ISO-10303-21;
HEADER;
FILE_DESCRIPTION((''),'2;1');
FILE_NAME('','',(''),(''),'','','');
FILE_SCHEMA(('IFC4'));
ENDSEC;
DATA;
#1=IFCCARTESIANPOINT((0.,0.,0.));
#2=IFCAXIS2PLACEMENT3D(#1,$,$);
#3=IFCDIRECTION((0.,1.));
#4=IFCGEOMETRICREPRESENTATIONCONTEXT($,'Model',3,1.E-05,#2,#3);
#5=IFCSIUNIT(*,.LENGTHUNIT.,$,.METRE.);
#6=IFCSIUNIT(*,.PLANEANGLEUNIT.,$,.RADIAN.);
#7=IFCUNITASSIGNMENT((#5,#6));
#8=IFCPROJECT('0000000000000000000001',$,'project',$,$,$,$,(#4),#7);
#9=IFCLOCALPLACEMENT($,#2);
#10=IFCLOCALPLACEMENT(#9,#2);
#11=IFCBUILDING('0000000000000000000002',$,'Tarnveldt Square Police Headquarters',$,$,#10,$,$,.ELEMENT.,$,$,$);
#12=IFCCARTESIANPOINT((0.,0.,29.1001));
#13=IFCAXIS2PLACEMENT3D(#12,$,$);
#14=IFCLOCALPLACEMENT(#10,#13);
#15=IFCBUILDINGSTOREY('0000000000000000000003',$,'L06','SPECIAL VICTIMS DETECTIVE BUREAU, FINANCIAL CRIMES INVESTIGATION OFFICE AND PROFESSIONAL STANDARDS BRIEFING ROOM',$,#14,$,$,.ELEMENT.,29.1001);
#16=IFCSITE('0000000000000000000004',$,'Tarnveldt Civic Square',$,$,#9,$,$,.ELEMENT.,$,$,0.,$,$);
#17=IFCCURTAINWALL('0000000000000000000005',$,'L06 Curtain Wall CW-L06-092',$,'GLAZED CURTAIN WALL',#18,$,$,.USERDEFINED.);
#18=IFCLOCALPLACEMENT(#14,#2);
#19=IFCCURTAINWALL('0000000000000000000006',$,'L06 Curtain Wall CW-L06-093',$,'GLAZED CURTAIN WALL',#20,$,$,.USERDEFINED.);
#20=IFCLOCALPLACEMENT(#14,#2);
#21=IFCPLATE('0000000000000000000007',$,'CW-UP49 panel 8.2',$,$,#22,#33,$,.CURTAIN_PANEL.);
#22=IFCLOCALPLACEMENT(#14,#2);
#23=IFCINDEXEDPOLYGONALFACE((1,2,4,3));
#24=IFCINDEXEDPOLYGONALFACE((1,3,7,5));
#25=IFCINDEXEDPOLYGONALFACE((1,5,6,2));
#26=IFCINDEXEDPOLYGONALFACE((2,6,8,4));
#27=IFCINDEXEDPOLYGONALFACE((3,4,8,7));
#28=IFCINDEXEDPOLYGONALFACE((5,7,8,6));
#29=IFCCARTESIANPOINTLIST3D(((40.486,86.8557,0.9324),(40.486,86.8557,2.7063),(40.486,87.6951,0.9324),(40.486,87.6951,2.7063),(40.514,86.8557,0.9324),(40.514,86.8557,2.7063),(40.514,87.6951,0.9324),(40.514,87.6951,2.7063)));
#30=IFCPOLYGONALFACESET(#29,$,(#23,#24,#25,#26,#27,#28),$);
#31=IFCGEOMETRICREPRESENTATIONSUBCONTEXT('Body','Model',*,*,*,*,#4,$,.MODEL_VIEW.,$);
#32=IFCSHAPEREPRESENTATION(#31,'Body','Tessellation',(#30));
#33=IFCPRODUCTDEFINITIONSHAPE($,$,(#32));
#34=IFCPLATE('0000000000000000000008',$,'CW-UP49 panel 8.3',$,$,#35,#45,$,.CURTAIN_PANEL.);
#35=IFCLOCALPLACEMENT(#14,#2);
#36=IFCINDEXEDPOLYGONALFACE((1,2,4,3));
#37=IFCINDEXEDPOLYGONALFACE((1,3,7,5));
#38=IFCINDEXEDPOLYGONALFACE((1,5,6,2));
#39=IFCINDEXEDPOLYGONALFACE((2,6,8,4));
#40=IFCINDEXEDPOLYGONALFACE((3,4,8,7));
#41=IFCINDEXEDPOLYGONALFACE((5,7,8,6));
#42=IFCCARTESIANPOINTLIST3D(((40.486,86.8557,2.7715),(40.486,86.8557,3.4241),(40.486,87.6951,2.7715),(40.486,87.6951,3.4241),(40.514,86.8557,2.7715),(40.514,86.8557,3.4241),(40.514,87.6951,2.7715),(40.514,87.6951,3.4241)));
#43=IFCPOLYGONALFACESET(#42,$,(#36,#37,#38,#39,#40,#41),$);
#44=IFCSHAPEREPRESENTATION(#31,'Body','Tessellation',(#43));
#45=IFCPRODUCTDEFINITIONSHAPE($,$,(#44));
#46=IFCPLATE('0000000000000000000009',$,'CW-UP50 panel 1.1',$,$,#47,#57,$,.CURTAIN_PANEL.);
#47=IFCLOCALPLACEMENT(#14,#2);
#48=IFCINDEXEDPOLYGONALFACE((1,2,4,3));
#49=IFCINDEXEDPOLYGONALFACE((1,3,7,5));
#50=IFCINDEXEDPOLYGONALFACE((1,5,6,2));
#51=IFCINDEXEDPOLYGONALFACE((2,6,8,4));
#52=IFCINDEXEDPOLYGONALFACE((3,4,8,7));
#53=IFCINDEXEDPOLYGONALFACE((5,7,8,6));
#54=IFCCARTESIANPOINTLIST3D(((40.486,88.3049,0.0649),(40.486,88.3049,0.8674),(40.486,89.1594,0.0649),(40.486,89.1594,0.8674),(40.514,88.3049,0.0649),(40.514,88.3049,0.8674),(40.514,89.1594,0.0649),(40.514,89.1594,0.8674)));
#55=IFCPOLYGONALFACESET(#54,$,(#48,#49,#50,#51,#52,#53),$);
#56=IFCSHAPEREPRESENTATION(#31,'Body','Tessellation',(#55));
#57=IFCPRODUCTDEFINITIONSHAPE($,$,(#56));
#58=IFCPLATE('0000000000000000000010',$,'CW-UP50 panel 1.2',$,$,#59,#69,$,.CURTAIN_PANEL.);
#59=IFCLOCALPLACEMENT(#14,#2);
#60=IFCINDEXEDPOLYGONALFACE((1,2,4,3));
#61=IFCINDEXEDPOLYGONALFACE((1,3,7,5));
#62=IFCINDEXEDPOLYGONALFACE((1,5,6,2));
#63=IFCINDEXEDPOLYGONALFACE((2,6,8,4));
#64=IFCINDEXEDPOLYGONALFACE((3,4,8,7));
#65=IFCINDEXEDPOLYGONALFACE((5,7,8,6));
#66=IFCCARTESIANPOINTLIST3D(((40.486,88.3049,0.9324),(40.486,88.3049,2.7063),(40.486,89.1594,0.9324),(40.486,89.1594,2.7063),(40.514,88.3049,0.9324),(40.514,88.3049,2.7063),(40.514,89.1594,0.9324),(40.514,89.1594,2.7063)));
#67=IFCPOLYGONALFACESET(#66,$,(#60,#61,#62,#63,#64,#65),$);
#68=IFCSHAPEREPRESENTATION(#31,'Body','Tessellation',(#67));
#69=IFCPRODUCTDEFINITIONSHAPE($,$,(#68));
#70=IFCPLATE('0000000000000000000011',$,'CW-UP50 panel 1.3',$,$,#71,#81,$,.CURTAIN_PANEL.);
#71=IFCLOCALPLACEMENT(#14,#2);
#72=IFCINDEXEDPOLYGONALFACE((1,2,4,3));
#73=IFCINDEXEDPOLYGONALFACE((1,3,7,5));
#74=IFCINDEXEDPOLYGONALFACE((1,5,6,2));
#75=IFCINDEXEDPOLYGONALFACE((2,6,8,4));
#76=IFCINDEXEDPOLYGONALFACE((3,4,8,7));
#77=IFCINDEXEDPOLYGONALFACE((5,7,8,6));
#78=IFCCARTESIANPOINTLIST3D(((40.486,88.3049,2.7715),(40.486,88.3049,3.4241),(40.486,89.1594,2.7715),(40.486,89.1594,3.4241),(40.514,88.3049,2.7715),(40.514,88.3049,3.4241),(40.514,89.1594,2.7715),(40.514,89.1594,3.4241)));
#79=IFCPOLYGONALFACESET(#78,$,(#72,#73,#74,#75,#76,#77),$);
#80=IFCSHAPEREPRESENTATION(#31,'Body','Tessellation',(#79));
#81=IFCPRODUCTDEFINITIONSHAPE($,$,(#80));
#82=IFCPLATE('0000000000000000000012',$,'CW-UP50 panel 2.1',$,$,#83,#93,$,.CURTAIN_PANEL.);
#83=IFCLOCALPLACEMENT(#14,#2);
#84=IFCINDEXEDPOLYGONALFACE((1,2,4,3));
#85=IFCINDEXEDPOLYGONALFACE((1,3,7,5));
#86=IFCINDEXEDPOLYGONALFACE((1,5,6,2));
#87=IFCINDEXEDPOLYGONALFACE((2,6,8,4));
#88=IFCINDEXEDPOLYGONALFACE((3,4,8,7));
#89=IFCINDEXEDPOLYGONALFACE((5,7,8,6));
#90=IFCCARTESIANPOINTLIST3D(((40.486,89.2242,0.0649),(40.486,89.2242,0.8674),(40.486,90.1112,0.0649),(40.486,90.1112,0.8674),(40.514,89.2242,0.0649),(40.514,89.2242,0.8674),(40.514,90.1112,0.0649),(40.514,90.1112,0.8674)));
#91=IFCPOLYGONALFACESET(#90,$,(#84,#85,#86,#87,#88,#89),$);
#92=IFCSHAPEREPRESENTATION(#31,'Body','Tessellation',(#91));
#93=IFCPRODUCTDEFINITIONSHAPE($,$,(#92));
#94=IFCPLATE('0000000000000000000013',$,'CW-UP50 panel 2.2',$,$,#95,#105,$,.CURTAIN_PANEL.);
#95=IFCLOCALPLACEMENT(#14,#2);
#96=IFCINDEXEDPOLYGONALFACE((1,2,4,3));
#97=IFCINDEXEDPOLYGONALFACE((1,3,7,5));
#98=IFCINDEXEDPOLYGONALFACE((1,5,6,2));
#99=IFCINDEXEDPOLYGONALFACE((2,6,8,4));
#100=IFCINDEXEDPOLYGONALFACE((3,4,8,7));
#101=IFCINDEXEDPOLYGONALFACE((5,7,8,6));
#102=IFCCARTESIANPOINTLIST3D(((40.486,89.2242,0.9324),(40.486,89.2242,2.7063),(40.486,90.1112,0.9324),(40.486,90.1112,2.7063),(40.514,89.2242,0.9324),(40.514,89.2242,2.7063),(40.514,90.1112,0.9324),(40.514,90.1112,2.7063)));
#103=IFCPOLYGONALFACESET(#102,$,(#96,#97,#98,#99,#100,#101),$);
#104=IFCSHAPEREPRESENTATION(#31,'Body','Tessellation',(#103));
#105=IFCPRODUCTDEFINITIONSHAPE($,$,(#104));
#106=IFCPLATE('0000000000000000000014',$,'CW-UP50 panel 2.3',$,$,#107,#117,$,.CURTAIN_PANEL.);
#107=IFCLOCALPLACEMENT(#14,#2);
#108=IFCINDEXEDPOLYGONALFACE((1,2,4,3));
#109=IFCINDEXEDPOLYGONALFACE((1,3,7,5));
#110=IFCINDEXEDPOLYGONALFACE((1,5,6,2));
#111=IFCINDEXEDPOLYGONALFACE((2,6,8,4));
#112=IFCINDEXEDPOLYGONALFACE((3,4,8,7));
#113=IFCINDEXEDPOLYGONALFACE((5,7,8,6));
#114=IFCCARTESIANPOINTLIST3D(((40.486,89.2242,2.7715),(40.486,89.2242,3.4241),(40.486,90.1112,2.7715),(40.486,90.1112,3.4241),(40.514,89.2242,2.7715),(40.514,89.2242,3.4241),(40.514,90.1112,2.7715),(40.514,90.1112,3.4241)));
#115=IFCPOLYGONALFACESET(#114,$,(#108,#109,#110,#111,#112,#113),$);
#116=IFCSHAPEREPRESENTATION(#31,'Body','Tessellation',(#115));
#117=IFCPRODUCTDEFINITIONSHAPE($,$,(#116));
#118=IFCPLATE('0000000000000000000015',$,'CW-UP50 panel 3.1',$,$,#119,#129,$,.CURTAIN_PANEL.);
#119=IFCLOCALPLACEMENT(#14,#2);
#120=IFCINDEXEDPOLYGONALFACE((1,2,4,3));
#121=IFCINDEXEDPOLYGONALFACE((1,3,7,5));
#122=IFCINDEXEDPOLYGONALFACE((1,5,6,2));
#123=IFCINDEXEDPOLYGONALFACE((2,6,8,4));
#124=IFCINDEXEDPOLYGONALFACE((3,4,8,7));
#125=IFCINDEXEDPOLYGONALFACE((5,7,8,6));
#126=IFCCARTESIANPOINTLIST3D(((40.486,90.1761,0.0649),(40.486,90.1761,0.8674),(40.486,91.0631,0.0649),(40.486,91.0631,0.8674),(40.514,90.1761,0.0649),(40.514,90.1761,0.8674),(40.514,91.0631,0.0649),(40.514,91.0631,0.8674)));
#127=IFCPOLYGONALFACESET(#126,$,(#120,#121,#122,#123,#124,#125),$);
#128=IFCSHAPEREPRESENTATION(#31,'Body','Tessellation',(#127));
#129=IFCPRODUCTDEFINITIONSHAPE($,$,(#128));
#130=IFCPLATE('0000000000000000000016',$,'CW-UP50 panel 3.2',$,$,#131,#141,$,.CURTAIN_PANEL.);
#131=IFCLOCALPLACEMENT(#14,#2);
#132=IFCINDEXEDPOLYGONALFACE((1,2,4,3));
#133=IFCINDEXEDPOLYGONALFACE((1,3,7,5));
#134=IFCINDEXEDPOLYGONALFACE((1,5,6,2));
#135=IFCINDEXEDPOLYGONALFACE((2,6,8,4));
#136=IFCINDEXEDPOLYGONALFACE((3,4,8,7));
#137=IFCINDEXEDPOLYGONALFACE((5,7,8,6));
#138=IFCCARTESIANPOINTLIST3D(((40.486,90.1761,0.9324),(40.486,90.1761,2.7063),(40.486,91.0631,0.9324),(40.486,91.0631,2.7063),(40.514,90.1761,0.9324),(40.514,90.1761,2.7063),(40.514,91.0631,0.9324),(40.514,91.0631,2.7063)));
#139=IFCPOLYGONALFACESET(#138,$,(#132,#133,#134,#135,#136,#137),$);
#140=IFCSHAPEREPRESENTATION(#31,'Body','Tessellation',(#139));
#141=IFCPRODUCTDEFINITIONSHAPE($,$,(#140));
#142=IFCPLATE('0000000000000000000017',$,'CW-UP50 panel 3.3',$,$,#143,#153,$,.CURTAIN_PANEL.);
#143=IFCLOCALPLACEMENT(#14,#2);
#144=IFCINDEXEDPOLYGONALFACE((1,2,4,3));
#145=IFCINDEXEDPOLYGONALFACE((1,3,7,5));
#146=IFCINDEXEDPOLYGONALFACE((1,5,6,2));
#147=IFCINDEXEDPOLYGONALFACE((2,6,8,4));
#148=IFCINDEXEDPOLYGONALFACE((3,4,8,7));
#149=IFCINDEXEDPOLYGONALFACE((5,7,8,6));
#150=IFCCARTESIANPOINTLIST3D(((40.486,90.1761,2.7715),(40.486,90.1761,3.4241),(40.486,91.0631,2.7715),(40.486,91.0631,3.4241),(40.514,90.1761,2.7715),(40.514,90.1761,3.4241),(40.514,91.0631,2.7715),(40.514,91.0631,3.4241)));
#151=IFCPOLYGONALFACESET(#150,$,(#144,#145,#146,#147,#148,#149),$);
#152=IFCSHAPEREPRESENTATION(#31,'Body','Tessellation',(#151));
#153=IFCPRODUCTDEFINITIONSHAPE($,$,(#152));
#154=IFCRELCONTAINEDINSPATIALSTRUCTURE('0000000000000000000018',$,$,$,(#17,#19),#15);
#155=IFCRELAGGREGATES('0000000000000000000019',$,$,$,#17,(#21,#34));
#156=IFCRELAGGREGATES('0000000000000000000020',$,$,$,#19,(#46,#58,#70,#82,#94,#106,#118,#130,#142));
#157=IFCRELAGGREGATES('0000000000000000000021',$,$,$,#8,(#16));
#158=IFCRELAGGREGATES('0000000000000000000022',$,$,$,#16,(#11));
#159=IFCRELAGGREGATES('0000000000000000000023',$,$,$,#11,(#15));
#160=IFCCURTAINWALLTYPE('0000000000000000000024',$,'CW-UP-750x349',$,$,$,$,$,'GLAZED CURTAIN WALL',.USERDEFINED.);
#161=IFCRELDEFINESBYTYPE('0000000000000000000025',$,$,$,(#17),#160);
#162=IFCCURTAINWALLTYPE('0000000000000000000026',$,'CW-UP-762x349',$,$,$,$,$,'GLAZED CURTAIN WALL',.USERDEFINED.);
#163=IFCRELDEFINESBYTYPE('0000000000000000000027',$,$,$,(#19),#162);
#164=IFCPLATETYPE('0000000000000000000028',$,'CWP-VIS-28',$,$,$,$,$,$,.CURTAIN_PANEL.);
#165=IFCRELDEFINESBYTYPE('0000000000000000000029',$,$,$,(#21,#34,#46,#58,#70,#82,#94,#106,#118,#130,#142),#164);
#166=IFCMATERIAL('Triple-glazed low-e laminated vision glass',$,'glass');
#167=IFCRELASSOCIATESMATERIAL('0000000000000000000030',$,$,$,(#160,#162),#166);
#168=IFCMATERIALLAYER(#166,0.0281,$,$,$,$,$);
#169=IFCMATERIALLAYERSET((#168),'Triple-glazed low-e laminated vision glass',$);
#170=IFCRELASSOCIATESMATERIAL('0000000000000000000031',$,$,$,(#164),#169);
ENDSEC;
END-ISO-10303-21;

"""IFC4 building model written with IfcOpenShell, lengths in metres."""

from ifc_helpers import new_model, si_unit, direction, frame, origin, origin_2d, place, context, subcontext, project, spatial, rectangle, extrude, material, layer, layer_set, type_object, element, aggregate, save


model = new_model("IFC4")

# Units and contexts
model_context = context("Model", 3, precision=1e-05, world=origin(), true_north=direction((0.0, 1.0)))
body_context = subcontext(model_context, "Body", "Model", "MODEL_VIEW")
ifc_project = project(units=[si_unit("LENGTHUNIT", "METRE"), si_unit("PLANEANGLEUNIT", "RADIAN")], contexts=[model_context])

# Site, building, storey
site_placement = place(None, origin())
site = spatial("IfcSite", under=ifc_project, at=site_placement, Name="Tarnveldt Civic Square", CompositionType="ELEMENT", RefElevation=0.0)
building_placement = place(site_placement, origin())
building = spatial("IfcBuilding", under=site, at=building_placement, Name="Tarnveldt Square Police Headquarters", CompositionType="ELEMENT")
storey_placement = place(building_placement, frame((0.0, 0.0, 29.1001)))
storey = spatial("IfcBuildingStorey", under=building, at=storey_placement, Name="L06", Description="SPECIAL VICTIMS DETECTIVE BUREAU, FINANCIAL CRIMES INVESTIGATION OFFICE AND PROFESSIONAL STANDARDS BRIEFING ROOM", CompositionType="ELEMENT", Elevation=29.1001)

# Curtain wall
ifc_material_1 = material(Name="Triple-glazed low-e laminated vision glass", Category="glass")
curtain_wall_type_1 = type_object("IfcCurtainWallType", Name="CW-UP-750x349", ElementType="GLAZED CURTAIN WALL", PredefinedType="USERDEFINED", material=ifc_material_1)
curtain_wall_1_placement = place(storey_placement, origin())
curtain_wall_1 = element("IfcCurtainWall", 1, at=curtain_wall_1_placement, inside=storey, type_object=curtain_wall_type_1, Name="L06 Curtain Wall CW-L06-092", ObjectType="GLAZED CURTAIN WALL", PredefinedType="USERDEFINED")

# Curtain wall
curtain_wall_type_2 = type_object("IfcCurtainWallType", Name="CW-UP-762x349", ElementType="GLAZED CURTAIN WALL", PredefinedType="USERDEFINED", material=ifc_material_1)
curtain_wall_2_placement = place(storey_placement, origin())
curtain_wall_2 = element("IfcCurtainWall", 2, at=curtain_wall_2_placement, inside=storey, type_object=curtain_wall_type_2, Name="L06 Curtain Wall CW-L06-093", ObjectType="GLAZED CURTAIN WALL", PredefinedType="USERDEFINED")

# Plates
ifc_layer = layer(ifc_material_1, 0.0281)
ifc_layer_set = layer_set([ifc_layer], Name="Triple-glazed low-e laminated vision glass")
plate_type = type_object("IfcPlateType", Name="CWP-VIS-28", PredefinedType="CURTAIN_PANEL", material=ifc_layer_set)
plate_1_placement = place(storey_placement, frame((40.5, 87.2754, 0.9324), z_axis=(0.0, 0.0, 1.0), x_axis=(0.0, 1.0, 0.0)))
plate_1 = element("IfcPlate", 3, at=plate_1_placement, type_object=plate_type, Name="CW-UP49 panel 8.2", PredefinedType="CURTAIN_PANEL", context=body_context, shape_type="SweptSolid", body=[
    extrude(rectangle(XDim=0.8394, YDim=0.0281, at=origin_2d()), origin(), (0.0, 0.0, 1.0), 1.7739),
])
plate_2_placement = place(storey_placement, frame((40.5, 87.2754, 2.7715), z_axis=(0.0, 0.0, 1.0), x_axis=(0.0, 1.0, 0.0)))
plate_2 = element("IfcPlate", 4, at=plate_2_placement, type_object=plate_type, Name="CW-UP49 panel 8.3", PredefinedType="CURTAIN_PANEL", context=body_context, shape_type="SweptSolid", body=[
    extrude(rectangle(XDim=0.8394, YDim=0.0281, at=origin_2d()), origin(), (0.0, 0.0, 1.0), 0.6526),
])
aggregate(curtain_wall_1, [plate_1, plate_2])
plate_3_placement = place(storey_placement, frame((40.5, 88.7322, 0.0649), z_axis=(0.0, 0.0, 1.0), x_axis=(0.0, 1.0, 0.0)))
plate_3 = element("IfcPlate", 5, at=plate_3_placement, type_object=plate_type, Name="CW-UP50 panel 1.1", PredefinedType="CURTAIN_PANEL", context=body_context, shape_type="SweptSolid", body=[
    extrude(rectangle(XDim=0.8545, YDim=0.0281, at=origin_2d()), origin(), (0.0, 0.0, 1.0), 0.8025),
])
plate_4_placement = place(storey_placement, frame((40.5, 88.7322, 0.9324), z_axis=(0.0, 0.0, 1.0), x_axis=(0.0, 1.0, 0.0)))
plate_4 = element("IfcPlate", 6, at=plate_4_placement, type_object=plate_type, Name="CW-UP50 panel 1.2", PredefinedType="CURTAIN_PANEL", context=body_context, shape_type="SweptSolid", body=[
    extrude(rectangle(XDim=0.8545, YDim=0.0281, at=origin_2d()), origin(), (0.0, 0.0, 1.0), 1.7739),
])
plate_5_placement = place(storey_placement, frame((40.5, 88.7322, 2.7715), z_axis=(0.0, 0.0, 1.0), x_axis=(0.0, 1.0, 0.0)))
plate_5 = element("IfcPlate", 7, at=plate_5_placement, type_object=plate_type, Name="CW-UP50 panel 1.3", PredefinedType="CURTAIN_PANEL", context=body_context, shape_type="SweptSolid", body=[
    extrude(rectangle(XDim=0.8545, YDim=0.0281, at=origin_2d()), origin(), (0.0, 0.0, 1.0), 0.6526),
])
plate_6_placement = place(storey_placement, frame((40.5, 89.6677, 0.0649), z_axis=(0.0, 0.0, 1.0), x_axis=(0.0, 1.0, 0.0)))
plate_6 = element("IfcPlate", 8, at=plate_6_placement, type_object=plate_type, Name="CW-UP50 panel 2.1", PredefinedType="CURTAIN_PANEL", context=body_context, shape_type="SweptSolid", body=[
    extrude(rectangle(XDim=0.887, YDim=0.0281, at=origin_2d()), origin(), (0.0, 0.0, 1.0), 0.8025),
])
plate_7_placement = place(storey_placement, frame((40.5, 89.6677, 0.9324), z_axis=(0.0, 0.0, 1.0), x_axis=(0.0, 1.0, 0.0)))
plate_7 = element("IfcPlate", 9, at=plate_7_placement, type_object=plate_type, Name="CW-UP50 panel 2.2", PredefinedType="CURTAIN_PANEL", context=body_context, shape_type="SweptSolid", body=[
    extrude(rectangle(XDim=0.887, YDim=0.0281, at=origin_2d()), origin(), (0.0, 0.0, 1.0), 1.7739),
])
plate_8_placement = place(storey_placement, frame((40.5, 89.6677, 2.7715), z_axis=(0.0, 0.0, 1.0), x_axis=(0.0, 1.0, 0.0)))
plate_8 = element("IfcPlate", 10, at=plate_8_placement, type_object=plate_type, Name="CW-UP50 panel 2.3", PredefinedType="CURTAIN_PANEL", context=body_context, shape_type="SweptSolid", body=[
    extrude(rectangle(XDim=0.887, YDim=0.0281, at=origin_2d()), origin(), (0.0, 0.0, 1.0), 0.6526),
])
plate_9_placement = place(storey_placement, frame((40.5, 90.6196, 0.0649), z_axis=(0.0, 0.0, 1.0), x_axis=(0.0, 1.0, 0.0)))
plate_9 = element("IfcPlate", 11, at=plate_9_placement, type_object=plate_type, Name="CW-UP50 panel 3.1", PredefinedType="CURTAIN_PANEL", context=body_context, shape_type="SweptSolid", body=[
    extrude(rectangle(XDim=0.887, YDim=0.0281, at=origin_2d()), origin(), (0.0, 0.0, 1.0), 0.8025),
])
plate_10_placement = place(storey_placement, frame((40.5, 90.6196, 0.9324), z_axis=(0.0, 0.0, 1.0), x_axis=(0.0, 1.0, 0.0)))
plate_10 = element("IfcPlate", 12, at=plate_10_placement, type_object=plate_type, Name="CW-UP50 panel 3.2", PredefinedType="CURTAIN_PANEL", context=body_context, shape_type="SweptSolid", body=[
    extrude(rectangle(XDim=0.887, YDim=0.0281, at=origin_2d()), origin(), (0.0, 0.0, 1.0), 1.7739),
])
plate_11_placement = place(storey_placement, frame((40.5, 90.6196, 2.7715), z_axis=(0.0, 0.0, 1.0), x_axis=(0.0, 1.0, 0.0)))
plate_11 = element("IfcPlate", 13, at=plate_11_placement, type_object=plate_type, Name="CW-UP50 panel 3.3", PredefinedType="CURTAIN_PANEL", context=body_context, shape_type="SweptSolid", body=[
    extrude(rectangle(XDim=0.887, YDim=0.0281, at=origin_2d()), origin(), (0.0, 0.0, 1.0), 0.6526),
])
aggregate(curtain_wall_2, [plate_3, plate_4, plate_5, plate_6, plate_7, plate_8, plate_9, plate_10, plate_11])

save(model, "model.ifc")
